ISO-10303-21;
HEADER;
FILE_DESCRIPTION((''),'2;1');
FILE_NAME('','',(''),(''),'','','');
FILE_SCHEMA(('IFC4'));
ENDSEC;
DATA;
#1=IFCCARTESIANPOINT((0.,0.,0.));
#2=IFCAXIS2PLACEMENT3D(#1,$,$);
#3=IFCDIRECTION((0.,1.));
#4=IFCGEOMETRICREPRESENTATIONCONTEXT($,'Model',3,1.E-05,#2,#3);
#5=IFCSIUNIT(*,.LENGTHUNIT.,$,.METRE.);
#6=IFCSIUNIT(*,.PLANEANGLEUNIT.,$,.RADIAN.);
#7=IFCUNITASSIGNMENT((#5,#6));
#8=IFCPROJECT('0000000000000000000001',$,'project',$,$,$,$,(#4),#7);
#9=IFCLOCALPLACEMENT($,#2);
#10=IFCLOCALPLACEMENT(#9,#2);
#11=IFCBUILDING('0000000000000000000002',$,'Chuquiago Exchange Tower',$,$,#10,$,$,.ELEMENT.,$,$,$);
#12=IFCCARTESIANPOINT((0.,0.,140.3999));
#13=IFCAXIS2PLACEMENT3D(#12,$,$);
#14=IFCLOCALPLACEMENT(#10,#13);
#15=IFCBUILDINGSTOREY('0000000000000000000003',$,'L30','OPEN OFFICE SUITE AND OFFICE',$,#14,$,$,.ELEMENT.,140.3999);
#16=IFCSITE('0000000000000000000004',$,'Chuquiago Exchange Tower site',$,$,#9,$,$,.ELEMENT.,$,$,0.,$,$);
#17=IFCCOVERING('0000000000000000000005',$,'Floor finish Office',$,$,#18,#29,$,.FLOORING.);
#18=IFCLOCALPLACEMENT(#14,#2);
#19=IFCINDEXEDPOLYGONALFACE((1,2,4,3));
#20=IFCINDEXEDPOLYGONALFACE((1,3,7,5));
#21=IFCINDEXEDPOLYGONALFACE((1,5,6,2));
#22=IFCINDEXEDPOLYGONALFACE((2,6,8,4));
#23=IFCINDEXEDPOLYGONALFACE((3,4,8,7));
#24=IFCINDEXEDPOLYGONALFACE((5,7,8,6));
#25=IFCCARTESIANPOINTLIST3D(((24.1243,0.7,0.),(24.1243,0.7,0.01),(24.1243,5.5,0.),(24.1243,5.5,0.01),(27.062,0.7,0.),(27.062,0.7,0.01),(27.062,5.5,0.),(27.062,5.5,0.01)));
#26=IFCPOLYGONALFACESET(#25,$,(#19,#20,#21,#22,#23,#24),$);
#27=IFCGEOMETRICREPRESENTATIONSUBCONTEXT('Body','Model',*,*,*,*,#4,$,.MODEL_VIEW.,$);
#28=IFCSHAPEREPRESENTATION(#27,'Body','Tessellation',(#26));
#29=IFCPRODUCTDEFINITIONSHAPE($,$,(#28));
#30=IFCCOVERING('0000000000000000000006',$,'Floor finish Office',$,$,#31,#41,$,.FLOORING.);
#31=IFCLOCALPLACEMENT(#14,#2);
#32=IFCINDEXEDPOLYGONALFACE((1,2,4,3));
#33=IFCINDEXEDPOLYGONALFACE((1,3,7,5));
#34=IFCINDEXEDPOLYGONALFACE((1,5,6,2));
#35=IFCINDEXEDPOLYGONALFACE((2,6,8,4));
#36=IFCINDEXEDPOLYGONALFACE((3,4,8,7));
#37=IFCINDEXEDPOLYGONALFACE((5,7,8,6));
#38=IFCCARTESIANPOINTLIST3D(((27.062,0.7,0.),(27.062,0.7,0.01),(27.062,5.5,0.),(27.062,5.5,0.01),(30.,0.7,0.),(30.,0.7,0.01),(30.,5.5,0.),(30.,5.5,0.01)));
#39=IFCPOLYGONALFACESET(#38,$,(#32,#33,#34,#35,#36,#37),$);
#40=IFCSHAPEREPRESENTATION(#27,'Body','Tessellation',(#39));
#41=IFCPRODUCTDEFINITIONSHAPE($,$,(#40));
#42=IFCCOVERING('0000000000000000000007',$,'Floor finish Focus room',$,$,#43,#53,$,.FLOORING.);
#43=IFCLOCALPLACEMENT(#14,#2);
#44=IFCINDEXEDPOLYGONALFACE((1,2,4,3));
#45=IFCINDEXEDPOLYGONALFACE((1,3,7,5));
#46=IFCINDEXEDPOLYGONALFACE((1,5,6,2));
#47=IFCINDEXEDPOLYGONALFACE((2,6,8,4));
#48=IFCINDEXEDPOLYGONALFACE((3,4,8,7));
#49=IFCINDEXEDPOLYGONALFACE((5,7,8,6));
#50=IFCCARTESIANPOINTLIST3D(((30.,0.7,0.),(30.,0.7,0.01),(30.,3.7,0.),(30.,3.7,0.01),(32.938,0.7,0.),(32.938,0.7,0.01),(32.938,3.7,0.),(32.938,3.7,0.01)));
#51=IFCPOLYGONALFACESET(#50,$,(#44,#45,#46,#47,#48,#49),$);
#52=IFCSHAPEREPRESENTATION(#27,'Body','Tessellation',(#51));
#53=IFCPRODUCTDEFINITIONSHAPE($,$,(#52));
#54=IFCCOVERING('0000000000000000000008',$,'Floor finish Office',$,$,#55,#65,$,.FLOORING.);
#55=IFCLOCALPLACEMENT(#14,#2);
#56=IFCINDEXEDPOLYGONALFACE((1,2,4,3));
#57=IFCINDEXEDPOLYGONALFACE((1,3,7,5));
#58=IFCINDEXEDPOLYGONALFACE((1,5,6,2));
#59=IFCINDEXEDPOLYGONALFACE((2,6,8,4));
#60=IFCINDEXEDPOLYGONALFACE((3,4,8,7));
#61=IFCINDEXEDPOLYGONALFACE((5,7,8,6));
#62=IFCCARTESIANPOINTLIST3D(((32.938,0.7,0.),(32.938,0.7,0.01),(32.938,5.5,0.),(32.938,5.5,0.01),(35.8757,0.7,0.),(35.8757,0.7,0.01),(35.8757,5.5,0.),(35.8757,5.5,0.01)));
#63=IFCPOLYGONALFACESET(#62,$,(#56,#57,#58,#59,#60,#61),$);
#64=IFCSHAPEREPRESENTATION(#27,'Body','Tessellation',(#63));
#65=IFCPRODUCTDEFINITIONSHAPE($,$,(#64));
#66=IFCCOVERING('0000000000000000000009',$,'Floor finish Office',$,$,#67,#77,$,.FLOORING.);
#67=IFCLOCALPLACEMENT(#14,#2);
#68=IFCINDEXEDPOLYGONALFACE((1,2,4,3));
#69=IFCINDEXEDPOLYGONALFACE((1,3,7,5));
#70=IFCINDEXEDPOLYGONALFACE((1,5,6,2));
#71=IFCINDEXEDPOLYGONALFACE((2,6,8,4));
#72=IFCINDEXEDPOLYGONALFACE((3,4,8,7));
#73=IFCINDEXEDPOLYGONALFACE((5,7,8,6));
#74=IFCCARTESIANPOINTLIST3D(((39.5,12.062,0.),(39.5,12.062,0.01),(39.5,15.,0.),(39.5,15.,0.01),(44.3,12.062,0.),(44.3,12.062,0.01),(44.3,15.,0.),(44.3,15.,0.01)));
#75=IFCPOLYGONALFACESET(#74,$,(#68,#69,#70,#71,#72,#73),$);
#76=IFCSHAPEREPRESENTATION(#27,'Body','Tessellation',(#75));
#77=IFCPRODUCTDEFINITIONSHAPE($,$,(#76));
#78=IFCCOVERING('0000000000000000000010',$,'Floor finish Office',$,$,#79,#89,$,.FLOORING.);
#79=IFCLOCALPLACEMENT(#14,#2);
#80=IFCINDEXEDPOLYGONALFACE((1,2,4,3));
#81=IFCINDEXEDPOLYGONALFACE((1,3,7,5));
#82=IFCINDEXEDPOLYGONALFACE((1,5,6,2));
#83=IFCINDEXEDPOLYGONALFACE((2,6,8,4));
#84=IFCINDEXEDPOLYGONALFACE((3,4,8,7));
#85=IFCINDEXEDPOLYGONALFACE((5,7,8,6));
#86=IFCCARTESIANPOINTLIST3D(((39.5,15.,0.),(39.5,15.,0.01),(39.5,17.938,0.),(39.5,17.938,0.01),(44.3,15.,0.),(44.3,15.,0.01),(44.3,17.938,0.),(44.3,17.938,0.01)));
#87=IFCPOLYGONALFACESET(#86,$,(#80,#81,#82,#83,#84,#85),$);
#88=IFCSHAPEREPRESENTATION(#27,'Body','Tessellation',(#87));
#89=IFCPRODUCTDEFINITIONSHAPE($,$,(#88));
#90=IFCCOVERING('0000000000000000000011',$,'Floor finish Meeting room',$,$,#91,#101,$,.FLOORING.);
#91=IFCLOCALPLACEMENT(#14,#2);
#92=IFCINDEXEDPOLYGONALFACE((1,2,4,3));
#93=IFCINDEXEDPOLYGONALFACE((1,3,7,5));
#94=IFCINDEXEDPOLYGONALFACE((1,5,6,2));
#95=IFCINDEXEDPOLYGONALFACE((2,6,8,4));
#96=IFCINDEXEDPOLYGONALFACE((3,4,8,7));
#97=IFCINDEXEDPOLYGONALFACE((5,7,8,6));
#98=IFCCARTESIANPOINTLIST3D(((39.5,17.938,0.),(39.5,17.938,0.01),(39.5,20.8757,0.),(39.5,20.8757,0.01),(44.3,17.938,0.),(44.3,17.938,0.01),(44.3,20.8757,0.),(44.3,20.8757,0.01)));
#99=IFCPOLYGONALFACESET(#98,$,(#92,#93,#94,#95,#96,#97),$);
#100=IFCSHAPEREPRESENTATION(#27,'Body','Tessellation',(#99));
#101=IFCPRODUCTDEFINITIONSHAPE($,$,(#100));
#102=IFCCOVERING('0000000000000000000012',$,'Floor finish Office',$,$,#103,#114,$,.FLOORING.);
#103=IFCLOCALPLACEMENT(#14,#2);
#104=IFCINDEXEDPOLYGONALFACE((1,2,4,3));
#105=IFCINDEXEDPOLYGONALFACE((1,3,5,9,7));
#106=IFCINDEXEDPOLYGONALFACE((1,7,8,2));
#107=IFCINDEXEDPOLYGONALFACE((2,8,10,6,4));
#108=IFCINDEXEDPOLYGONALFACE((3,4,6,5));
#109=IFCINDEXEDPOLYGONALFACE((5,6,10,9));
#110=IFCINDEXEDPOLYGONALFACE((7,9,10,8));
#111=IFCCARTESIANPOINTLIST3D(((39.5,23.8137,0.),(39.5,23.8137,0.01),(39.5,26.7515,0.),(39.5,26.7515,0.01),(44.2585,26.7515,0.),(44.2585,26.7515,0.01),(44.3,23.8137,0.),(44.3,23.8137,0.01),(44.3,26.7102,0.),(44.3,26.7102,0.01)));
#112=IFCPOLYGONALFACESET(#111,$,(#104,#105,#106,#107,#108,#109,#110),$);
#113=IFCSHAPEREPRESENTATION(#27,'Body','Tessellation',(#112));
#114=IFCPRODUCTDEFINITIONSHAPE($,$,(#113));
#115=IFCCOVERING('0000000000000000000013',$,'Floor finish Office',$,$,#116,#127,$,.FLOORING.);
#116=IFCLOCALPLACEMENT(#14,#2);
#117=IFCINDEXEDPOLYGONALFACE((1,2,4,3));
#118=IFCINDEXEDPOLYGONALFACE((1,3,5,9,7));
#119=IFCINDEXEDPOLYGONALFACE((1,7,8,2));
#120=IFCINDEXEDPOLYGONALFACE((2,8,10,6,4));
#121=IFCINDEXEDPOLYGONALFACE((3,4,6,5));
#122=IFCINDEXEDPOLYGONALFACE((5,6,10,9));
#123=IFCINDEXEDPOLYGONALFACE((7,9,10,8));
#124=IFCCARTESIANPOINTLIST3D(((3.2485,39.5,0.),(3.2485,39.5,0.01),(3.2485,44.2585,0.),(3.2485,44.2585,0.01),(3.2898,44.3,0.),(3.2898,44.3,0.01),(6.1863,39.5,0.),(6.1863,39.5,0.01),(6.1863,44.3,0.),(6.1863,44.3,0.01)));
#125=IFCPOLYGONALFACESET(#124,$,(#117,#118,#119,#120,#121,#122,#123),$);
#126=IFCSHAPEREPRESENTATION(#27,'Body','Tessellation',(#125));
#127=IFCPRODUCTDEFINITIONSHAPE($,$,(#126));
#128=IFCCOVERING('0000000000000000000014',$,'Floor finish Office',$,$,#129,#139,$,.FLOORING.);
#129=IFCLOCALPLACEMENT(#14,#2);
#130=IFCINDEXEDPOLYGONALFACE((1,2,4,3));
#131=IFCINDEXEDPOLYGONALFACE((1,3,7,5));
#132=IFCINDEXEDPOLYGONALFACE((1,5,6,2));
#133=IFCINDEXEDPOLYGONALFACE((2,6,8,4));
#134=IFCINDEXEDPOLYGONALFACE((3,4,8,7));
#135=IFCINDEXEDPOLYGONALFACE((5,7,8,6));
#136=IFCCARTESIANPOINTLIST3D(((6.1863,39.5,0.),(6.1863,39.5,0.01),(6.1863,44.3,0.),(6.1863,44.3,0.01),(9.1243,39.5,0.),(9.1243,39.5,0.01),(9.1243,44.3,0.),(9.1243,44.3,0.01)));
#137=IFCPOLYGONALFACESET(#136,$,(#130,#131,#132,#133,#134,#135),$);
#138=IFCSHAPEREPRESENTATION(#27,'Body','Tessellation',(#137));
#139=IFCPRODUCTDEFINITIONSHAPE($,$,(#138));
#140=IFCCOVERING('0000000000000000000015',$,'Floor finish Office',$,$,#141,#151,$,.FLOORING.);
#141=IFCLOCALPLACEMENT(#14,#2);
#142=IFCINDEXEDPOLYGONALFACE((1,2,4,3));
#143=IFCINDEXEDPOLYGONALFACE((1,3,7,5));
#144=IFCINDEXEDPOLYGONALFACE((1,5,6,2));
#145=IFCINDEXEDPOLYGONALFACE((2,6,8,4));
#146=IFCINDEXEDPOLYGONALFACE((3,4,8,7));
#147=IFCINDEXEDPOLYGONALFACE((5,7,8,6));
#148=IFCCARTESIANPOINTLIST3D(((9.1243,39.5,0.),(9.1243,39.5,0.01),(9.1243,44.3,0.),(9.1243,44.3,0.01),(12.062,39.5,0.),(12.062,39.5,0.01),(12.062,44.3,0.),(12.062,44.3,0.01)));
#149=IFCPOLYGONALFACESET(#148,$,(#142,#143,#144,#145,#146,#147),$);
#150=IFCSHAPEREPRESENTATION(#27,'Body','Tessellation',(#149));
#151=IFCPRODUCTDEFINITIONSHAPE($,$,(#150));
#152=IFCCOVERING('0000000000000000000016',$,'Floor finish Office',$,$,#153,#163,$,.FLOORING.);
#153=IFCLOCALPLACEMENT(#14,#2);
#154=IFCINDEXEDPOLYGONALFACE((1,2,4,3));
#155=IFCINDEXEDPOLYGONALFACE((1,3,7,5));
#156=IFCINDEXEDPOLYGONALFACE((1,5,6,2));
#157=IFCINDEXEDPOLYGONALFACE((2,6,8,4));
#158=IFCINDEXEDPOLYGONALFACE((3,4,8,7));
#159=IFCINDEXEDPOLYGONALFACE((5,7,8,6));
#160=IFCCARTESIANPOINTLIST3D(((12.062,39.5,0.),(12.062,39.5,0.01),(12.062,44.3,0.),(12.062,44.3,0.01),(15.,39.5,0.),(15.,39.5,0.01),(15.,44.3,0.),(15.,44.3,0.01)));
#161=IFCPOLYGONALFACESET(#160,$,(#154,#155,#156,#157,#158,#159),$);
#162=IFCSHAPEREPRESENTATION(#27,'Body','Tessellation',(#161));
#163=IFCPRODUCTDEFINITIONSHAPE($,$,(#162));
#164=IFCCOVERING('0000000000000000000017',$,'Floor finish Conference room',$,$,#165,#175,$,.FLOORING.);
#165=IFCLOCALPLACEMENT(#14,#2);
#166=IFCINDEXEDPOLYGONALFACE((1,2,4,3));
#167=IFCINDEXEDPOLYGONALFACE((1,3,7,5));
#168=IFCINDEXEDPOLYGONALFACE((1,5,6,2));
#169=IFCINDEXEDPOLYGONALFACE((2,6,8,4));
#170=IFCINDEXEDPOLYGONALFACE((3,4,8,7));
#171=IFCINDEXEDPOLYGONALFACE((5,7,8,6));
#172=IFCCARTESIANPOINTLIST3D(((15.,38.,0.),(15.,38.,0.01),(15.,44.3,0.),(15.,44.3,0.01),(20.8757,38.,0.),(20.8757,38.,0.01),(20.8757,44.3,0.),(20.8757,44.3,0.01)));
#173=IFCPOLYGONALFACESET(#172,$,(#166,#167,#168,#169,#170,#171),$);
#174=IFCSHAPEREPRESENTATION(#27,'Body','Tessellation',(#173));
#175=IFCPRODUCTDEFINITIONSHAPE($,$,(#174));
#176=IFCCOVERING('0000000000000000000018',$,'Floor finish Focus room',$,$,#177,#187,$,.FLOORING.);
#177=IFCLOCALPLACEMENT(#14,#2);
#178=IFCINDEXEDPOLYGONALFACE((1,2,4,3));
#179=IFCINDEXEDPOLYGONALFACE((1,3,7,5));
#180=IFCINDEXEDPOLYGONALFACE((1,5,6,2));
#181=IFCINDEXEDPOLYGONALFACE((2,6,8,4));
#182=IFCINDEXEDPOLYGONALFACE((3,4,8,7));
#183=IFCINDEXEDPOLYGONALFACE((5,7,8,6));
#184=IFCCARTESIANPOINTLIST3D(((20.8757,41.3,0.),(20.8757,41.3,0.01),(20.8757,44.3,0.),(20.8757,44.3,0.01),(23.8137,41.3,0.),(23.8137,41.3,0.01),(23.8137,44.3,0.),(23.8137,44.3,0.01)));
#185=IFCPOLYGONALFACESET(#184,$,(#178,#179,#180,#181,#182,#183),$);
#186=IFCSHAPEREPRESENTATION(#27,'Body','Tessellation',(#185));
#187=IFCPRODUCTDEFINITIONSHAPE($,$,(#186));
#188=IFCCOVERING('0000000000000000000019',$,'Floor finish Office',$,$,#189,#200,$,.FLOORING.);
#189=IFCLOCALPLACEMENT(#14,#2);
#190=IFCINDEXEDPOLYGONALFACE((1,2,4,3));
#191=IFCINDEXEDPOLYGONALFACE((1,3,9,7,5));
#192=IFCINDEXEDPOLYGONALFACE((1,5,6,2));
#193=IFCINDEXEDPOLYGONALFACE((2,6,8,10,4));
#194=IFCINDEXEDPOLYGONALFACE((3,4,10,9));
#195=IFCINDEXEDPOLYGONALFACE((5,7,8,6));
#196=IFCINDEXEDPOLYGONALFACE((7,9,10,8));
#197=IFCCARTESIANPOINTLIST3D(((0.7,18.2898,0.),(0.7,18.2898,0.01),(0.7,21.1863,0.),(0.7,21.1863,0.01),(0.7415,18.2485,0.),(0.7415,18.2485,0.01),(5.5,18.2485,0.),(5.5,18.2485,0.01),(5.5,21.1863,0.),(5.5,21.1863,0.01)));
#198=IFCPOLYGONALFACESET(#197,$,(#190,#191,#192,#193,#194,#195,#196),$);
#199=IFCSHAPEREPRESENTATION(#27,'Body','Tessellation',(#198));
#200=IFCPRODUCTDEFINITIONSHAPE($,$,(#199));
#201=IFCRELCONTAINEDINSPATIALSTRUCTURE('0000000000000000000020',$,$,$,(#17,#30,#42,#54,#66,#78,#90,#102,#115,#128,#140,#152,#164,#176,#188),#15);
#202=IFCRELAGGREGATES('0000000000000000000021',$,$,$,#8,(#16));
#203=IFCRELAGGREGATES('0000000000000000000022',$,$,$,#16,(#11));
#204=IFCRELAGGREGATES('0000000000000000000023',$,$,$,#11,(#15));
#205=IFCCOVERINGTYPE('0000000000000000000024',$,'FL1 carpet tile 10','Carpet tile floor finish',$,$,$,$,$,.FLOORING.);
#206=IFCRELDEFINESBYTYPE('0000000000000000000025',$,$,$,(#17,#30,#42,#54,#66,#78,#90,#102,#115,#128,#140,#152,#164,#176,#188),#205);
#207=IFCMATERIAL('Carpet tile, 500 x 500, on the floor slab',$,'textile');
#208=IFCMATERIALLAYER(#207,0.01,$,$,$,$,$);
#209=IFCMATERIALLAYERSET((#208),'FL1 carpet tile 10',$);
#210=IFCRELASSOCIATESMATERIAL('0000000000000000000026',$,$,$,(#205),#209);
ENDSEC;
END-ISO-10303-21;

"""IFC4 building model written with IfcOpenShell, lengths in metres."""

from ifc_helpers import new_model, si_unit, direction, frame, origin, place, context, subcontext, project, spatial, polyline, outline, extrude, material, layer, layer_set, type_object, element, save


model = new_model("IFC4")

# Units and contexts
model_context = context("Model", 3, precision=1e-05, world=origin(), true_north=direction((0.0, 1.0)))
body_context = subcontext(model_context, "Body", "Model", "MODEL_VIEW")
ifc_project = project(units=[si_unit("LENGTHUNIT", "METRE"), si_unit("PLANEANGLEUNIT", "RADIAN")], contexts=[model_context])

# Site, building, storey
site_placement = place(None, origin())
site = spatial("IfcSite", under=ifc_project, at=site_placement, Name="Chuquiago Exchange Tower site", CompositionType="ELEMENT", RefElevation=0.0)
building_placement = place(site_placement, origin())
building = spatial("IfcBuilding", under=site, at=building_placement, Name="Chuquiago Exchange Tower", CompositionType="ELEMENT")
storey_placement = place(building_placement, frame((0.0, 0.0, 140.3999)))
storey = spatial("IfcBuildingStorey", under=building, at=storey_placement, Name="L30", Description="OPEN OFFICE SUITE AND OFFICE", CompositionType="ELEMENT", Elevation=140.3999)

# Coverings
ifc_material_1 = material(Name="Carpet tile, 500 x 500, on the floor slab", Category="textile")
ifc_layer_1 = layer(ifc_material_1, 0.01)
ifc_layer_set_1 = layer_set([ifc_layer_1], Name="FL1 carpet tile 10")
covering_type_1 = type_object("IfcCoveringType", Name="FL1 carpet tile 10", Description="Carpet tile floor finish", PredefinedType="FLOORING", material=ifc_layer_set_1)
covering_1_placement = place(storey_placement, origin())
element("IfcCovering", 1, at=covering_1_placement, inside=storey, type_object=covering_type_1, Name="Floor finish Office", PredefinedType="FLOORING", context=body_context, shape_type="SweptSolid", body=[
    extrude(outline(polyline([(24.1243, 0.7), (24.1243, 5.5), (27.062, 5.5), (27.062, 0.7), (24.1243, 0.7)])), origin(), (0.0, 0.0, 1.0), 0.01),
])
covering_2_placement = place(storey_placement, origin())
element("IfcCovering", 2, at=covering_2_placement, inside=storey, type_object=covering_type_1, Name="Floor finish Office", PredefinedType="FLOORING", context=body_context, shape_type="SweptSolid", body=[
    extrude(outline(polyline([(27.062, 0.7), (27.062, 5.5), (30.0, 5.5), (30.0, 0.7), (27.062, 0.7)])), origin(), (0.0, 0.0, 1.0), 0.01),
])
covering_3_placement = place(storey_placement, origin())
element("IfcCovering", 3, at=covering_3_placement, inside=storey, type_object=covering_type_1, Name="Floor finish Focus room", PredefinedType="FLOORING", context=body_context, shape_type="SweptSolid", body=[
    extrude(outline(polyline([(30.0, 0.7), (30.0, 3.7), (32.938, 3.7), (32.938, 0.7), (30.0, 0.7)])), origin(), (0.0, 0.0, 1.0), 0.01),
])
covering_4_placement = place(storey_placement, origin())
element("IfcCovering", 4, at=covering_4_placement, inside=storey, type_object=covering_type_1, Name="Floor finish Office", PredefinedType="FLOORING", context=body_context, shape_type="SweptSolid", body=[
    extrude(outline(polyline([(32.938, 0.7), (32.938, 5.5), (35.8757, 5.5), (35.8757, 0.7), (32.938, 0.7)])), origin(), (0.0, 0.0, 1.0), 0.01),
])
covering_5_placement = place(storey_placement, origin())
element("IfcCovering", 5, at=covering_5_placement, inside=storey, type_object=covering_type_1, Name="Floor finish Office", PredefinedType="FLOORING", context=body_context, shape_type="SweptSolid", body=[
    extrude(outline(polyline([(44.3, 12.062), (39.5, 12.062), (39.5, 15.0), (44.3, 15.0), (44.3, 12.062)])), origin(), (0.0, 0.0, 1.0), 0.01),
])
covering_6_placement = place(storey_placement, origin())
element("IfcCovering", 6, at=covering_6_placement, inside=storey, type_object=covering_type_1, Name="Floor finish Office", PredefinedType="FLOORING", context=body_context, shape_type="SweptSolid", body=[
    extrude(outline(polyline([(44.3, 15.0), (39.5, 15.0), (39.5, 17.938), (44.3, 17.938), (44.3, 15.0)])), origin(), (0.0, 0.0, 1.0), 0.01),
])
covering_7_placement = place(storey_placement, origin())
element("IfcCovering", 7, at=covering_7_placement, inside=storey, type_object=covering_type_1, Name="Floor finish Meeting room", PredefinedType="FLOORING", context=body_context, shape_type="SweptSolid", body=[
    extrude(outline(polyline([(44.3, 17.938), (39.5, 17.938), (39.5, 20.8757), (44.3, 20.8757), (44.3, 17.938)])), origin(), (0.0, 0.0, 1.0), 0.01),
])
covering_8_placement = place(storey_placement, origin())
element("IfcCovering", 8, at=covering_8_placement, inside=storey, type_object=covering_type_1, Name="Floor finish Office", PredefinedType="FLOORING", context=body_context, shape_type="SweptSolid", body=[
    extrude(outline(polyline([(44.3, 26.7102), (44.3, 23.8137), (39.5, 23.8137), (39.5, 26.7515), (44.2585, 26.7515), (44.3, 26.7102)])), origin(), (0.0, 0.0, 1.0), 0.01),
])
covering_9_placement = place(storey_placement, origin())
element("IfcCovering", 9, at=covering_9_placement, inside=storey, type_object=covering_type_1, Name="Floor finish Office", PredefinedType="FLOORING", context=body_context, shape_type="SweptSolid", body=[
    extrude(outline(polyline([(3.2898, 44.3), (6.1863, 44.3), (6.1863, 39.5), (3.2485, 39.5), (3.2485, 44.2585), (3.2898, 44.3)])), origin(), (0.0, 0.0, 1.0), 0.01),
])
covering_10_placement = place(storey_placement, origin())
element("IfcCovering", 10, at=covering_10_placement, inside=storey, type_object=covering_type_1, Name="Floor finish Office", PredefinedType="FLOORING", context=body_context, shape_type="SweptSolid", body=[
    extrude(outline(polyline([(9.1243, 44.3), (9.1243, 39.5), (6.1863, 39.5), (6.1863, 44.3), (9.1243, 44.3)])), origin(), (0.0, 0.0, 1.0), 0.01),
])
covering_11_placement = place(storey_placement, origin())
element("IfcCovering", 11, at=covering_11_placement, inside=storey, type_object=covering_type_1, Name="Floor finish Office", PredefinedType="FLOORING", context=body_context, shape_type="SweptSolid", body=[
    extrude(outline(polyline([(12.062, 44.3), (12.062, 39.5), (9.1243, 39.5), (9.1243, 44.3), (12.062, 44.3)])), origin(), (0.0, 0.0, 1.0), 0.01),
])
covering_12_placement = place(storey_placement, origin())
element("IfcCovering", 12, at=covering_12_placement, inside=storey, type_object=covering_type_1, Name="Floor finish Office", PredefinedType="FLOORING", context=body_context, shape_type="SweptSolid", body=[
    extrude(outline(polyline([(15.0, 44.3), (15.0, 39.5), (12.062, 39.5), (12.062, 44.3), (15.0, 44.3)])), origin(), (0.0, 0.0, 1.0), 0.01),
])
covering_13_placement = place(storey_placement, origin())
element("IfcCovering", 13, at=covering_13_placement, inside=storey, type_object=covering_type_1, Name="Floor finish Conference room", PredefinedType="FLOORING", context=body_context, shape_type="SweptSolid", body=[
    extrude(outline(polyline([(20.8757, 44.3), (20.8757, 38.0), (15.0, 38.0), (15.0, 44.3), (20.8757, 44.3)])), origin(), (0.0, 0.0, 1.0), 0.01),
])
covering_14_placement = place(storey_placement, origin())
element("IfcCovering", 14, at=covering_14_placement, inside=storey, type_object=covering_type_1, Name="Floor finish Focus room", PredefinedType="FLOORING", context=body_context, shape_type="SweptSolid", body=[
    extrude(outline(polyline([(23.8137, 44.3), (23.8137, 41.3), (20.8757, 41.3), (20.8757, 44.3), (23.8137, 44.3)])), origin(), (0.0, 0.0, 1.0), 0.01),
])
covering_15_placement = place(storey_placement, origin())
element("IfcCovering", 15, at=covering_15_placement, inside=storey, type_object=covering_type_1, Name="Floor finish Office", PredefinedType="FLOORING", context=body_context, shape_type="SweptSolid", body=[
    extrude(outline(polyline([(0.7, 21.1863), (5.5, 21.1863), (5.5, 18.2485), (0.7415, 18.2485), (0.7, 18.2898), (0.7, 21.1863)])), origin(), (0.0, 0.0, 1.0), 0.01),
])

save(model, "model.ifc")
